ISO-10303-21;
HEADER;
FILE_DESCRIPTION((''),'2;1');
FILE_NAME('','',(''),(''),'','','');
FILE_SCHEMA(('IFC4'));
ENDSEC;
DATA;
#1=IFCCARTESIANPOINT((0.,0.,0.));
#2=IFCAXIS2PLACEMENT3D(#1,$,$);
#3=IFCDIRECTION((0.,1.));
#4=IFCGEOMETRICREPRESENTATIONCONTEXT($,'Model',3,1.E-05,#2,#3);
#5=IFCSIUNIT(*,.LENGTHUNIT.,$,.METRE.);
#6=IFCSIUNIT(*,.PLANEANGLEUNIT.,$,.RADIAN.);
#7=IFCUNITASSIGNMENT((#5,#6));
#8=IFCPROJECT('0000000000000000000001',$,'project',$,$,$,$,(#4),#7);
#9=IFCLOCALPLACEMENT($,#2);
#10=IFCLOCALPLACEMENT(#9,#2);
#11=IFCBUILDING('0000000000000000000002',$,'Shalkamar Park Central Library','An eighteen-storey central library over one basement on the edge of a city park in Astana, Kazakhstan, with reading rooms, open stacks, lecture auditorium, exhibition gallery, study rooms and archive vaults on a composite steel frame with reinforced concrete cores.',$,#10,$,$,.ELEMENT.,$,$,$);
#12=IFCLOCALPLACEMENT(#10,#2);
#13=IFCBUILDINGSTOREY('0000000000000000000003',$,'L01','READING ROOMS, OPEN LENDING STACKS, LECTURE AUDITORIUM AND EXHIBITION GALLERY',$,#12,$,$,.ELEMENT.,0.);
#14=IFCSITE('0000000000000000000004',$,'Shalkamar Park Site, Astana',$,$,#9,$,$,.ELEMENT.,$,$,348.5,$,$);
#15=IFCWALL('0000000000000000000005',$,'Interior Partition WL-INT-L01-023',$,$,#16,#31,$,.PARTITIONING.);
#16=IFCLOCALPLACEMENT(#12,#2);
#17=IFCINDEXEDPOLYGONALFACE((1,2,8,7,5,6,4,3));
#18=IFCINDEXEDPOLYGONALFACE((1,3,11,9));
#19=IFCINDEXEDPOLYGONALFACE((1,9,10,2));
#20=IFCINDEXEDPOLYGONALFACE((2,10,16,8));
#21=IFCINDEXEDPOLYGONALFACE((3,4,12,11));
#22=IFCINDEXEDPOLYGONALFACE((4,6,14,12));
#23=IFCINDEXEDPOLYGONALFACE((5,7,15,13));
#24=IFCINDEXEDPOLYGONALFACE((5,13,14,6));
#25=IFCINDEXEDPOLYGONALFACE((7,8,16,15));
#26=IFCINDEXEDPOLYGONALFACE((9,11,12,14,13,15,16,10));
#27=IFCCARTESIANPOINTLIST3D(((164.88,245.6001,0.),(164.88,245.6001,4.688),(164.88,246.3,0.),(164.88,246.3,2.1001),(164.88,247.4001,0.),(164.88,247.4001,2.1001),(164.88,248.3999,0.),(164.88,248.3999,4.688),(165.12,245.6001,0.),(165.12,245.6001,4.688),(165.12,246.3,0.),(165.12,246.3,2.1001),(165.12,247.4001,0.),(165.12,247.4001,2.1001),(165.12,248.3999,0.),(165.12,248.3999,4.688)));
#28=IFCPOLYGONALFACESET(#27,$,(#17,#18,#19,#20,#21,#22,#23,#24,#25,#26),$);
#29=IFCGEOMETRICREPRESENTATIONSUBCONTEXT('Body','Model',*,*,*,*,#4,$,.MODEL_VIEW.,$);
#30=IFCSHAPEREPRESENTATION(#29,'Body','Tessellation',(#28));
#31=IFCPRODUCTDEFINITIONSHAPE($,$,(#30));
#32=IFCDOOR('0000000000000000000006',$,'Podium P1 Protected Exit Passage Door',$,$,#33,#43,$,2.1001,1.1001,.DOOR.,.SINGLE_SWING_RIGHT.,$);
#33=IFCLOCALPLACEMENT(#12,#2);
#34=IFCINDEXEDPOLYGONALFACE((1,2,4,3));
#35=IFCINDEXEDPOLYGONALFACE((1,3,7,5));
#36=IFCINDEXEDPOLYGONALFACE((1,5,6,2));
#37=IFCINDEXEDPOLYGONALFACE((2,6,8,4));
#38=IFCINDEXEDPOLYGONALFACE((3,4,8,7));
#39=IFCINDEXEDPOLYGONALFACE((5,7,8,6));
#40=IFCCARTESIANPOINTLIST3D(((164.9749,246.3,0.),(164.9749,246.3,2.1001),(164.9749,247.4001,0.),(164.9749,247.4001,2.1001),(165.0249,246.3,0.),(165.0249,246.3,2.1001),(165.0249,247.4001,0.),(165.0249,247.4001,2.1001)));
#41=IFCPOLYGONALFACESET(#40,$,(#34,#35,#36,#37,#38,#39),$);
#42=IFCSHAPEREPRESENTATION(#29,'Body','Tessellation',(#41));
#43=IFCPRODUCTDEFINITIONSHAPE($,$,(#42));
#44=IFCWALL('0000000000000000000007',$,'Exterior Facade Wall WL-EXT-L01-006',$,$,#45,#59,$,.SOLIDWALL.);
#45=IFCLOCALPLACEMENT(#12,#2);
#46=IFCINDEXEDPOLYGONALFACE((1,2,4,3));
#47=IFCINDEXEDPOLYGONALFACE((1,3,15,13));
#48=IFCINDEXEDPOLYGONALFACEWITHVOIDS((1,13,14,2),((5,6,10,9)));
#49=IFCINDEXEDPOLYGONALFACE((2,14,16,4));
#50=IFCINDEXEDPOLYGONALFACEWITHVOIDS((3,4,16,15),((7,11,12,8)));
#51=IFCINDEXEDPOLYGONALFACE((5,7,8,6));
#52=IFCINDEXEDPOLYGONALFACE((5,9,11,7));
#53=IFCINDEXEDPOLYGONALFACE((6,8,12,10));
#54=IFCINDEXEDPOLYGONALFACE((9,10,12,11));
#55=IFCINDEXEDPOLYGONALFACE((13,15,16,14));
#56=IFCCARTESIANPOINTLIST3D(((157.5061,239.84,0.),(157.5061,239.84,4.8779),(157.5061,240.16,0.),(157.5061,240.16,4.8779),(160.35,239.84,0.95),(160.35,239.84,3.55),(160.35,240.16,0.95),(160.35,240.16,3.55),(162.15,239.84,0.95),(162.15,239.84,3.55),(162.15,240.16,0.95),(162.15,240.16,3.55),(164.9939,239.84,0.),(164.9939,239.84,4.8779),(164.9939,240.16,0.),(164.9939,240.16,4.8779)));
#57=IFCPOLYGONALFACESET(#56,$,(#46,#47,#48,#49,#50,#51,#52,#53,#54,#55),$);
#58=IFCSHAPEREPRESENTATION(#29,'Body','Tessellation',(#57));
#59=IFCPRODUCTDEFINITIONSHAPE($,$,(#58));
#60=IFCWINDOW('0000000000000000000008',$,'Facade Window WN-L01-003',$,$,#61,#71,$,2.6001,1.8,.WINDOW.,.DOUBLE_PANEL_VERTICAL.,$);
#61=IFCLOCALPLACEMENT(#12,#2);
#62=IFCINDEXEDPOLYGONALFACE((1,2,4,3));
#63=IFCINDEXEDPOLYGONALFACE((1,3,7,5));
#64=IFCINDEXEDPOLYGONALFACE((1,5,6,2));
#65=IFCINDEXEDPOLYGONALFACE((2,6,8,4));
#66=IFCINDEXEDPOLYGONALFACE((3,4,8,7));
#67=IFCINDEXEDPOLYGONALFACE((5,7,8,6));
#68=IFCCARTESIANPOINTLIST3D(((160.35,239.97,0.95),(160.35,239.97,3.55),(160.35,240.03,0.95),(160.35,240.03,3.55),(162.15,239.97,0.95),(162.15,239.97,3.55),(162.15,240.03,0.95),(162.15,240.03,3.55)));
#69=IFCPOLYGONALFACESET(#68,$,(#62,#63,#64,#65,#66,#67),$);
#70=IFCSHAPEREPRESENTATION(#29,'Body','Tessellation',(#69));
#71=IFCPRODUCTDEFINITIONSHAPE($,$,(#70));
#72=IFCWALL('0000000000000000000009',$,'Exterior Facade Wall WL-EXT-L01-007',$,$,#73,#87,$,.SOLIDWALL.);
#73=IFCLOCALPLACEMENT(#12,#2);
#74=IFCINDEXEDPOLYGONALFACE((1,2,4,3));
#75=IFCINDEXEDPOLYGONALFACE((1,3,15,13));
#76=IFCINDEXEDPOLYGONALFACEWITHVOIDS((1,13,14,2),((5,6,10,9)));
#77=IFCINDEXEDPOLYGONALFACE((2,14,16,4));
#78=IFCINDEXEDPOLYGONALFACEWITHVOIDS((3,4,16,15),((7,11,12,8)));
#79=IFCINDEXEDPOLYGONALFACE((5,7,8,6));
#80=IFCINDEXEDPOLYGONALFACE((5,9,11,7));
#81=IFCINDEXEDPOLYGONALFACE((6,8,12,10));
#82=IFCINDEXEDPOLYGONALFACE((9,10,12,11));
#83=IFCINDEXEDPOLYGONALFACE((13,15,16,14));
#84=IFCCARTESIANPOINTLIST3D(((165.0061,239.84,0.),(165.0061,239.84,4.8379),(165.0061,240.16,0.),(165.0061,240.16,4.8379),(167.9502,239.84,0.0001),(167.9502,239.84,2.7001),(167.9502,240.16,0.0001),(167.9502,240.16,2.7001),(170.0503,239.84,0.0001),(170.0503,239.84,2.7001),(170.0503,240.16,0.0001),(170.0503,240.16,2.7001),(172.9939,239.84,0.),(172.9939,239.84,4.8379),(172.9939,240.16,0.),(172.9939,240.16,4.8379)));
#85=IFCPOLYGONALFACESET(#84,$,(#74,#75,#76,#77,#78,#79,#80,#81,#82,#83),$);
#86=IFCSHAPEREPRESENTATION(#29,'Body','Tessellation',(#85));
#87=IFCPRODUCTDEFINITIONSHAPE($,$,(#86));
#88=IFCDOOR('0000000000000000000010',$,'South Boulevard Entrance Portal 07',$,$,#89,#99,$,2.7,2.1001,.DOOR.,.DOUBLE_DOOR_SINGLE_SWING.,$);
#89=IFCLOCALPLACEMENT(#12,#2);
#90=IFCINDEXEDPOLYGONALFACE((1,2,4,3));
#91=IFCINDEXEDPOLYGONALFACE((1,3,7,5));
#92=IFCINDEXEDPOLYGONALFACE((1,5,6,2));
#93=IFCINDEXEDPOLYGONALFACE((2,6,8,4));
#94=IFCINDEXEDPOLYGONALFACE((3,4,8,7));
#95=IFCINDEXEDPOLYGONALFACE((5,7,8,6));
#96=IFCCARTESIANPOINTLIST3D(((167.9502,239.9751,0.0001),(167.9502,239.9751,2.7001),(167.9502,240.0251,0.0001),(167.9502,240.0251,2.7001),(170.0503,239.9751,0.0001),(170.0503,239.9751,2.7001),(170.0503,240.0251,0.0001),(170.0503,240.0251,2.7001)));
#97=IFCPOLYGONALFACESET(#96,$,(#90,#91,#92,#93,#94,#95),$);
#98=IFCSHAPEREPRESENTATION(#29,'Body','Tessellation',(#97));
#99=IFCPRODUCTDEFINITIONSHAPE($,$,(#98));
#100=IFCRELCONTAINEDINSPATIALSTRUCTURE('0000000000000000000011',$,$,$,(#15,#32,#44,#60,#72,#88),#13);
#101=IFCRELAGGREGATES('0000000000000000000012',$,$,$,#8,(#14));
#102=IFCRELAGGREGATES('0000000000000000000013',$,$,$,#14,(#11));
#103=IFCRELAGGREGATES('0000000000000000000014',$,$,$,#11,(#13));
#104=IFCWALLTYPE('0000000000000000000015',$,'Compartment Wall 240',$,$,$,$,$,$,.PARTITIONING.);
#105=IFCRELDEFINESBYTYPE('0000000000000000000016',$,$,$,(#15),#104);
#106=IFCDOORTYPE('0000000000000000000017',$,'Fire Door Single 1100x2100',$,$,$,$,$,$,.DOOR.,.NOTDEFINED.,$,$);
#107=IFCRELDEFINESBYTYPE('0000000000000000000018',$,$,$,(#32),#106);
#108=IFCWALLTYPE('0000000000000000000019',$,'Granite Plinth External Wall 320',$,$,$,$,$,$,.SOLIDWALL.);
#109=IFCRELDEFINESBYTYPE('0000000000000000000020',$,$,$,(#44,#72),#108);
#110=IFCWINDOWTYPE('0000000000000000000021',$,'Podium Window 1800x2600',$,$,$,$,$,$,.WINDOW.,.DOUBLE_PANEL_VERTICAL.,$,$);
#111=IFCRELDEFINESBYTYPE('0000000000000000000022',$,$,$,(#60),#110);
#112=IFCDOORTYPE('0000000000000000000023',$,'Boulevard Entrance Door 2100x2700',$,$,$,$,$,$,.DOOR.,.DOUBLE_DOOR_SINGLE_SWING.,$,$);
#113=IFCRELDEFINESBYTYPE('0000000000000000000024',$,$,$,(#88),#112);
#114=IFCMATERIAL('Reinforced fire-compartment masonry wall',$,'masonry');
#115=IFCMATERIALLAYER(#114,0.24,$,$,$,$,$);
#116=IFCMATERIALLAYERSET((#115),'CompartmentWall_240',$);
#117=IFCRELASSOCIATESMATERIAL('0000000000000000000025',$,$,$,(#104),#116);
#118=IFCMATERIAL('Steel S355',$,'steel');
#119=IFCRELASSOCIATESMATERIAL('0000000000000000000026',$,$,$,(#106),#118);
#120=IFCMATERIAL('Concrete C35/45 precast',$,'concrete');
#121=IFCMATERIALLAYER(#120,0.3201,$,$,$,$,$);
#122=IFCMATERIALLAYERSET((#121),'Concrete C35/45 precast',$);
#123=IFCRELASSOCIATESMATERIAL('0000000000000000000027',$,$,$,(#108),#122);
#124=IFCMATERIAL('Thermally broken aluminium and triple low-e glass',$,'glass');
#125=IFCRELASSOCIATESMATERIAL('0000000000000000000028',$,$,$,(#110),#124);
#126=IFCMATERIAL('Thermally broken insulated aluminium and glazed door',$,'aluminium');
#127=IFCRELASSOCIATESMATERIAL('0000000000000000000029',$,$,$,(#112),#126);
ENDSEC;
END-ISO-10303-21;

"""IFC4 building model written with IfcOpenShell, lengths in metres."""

from ifc_helpers import new_model, si_unit, direction, frame, frame_2d, origin, place, context, subcontext, project, spatial, rectangle, extrude, material, layer, layer_set, type_object, element, fill, save


model = new_model("IFC4")

# Units and contexts
model_context = context("Model", 3, precision=1e-05, world=origin(), true_north=direction((0.0, 1.0)))
body_context = subcontext(model_context, "Body", "Model", "MODEL_VIEW")
ifc_project = project(units=[si_unit("LENGTHUNIT", "METRE"), si_unit("PLANEANGLEUNIT", "RADIAN")], contexts=[model_context])

# Site, building, storey
site_placement = place(None, origin())
site = spatial("IfcSite", under=ifc_project, at=site_placement, Name="Shalkamar Park Site, Astana", CompositionType="ELEMENT", RefElevation=348.5)
building_placement = place(site_placement, origin())
building = spatial("IfcBuilding", under=site, at=building_placement, Name="Shalkamar Park Central Library", Description="An eighteen-storey central library over one basement on the edge of a city park in Astana, Kazakhstan, with reading rooms, open stacks, lecture auditorium, exhibition gallery, study rooms and archive vaults on a composite steel frame with reinforced concrete cores.", CompositionType="ELEMENT")
storey_placement = place(building_placement, origin())
storey = spatial("IfcBuildingStorey", under=building, at=storey_placement, Name="L01", Description="READING ROOMS, OPEN LENDING STACKS, LECTURE AUDITORIUM AND EXHIBITION GALLERY", CompositionType="ELEMENT", Elevation=0.0)

# Shared definitions
ifc_material_1 = material(Name="Steel S355", Category="steel")

# Shared definitions
ifc_material_2 = material(Name="Reinforced fire-compartment masonry wall", Category="masonry")
ifc_layer_1 = layer(ifc_material_2, 0.24)
ifc_layer_set_1 = layer_set([ifc_layer_1], Name="CompartmentWall_240")
wall_type_1 = type_object("IfcWallType", Name="Compartment Wall 240", PredefinedType="PARTITIONING", material=ifc_layer_set_1)

# Wall, opening, door
wall_1_placement = place(storey_placement, frame((165.0, 245.6001, 0.0), z_axis=(0.0, 0.0, 1.0), x_axis=(0.0, 1.0, 0.0)))
wall_1 = element("IfcWall", 1, at=wall_1_placement, inside=storey, type_object=wall_type_1, Name="Interior Partition WL-INT-L01-023", PredefinedType="PARTITIONING", context=body_context, shape_type="SweptSolid", body=[
    extrude(rectangle(XDim=2.7998, YDim=0.24, at=frame_2d((1.3999, 0.0))), origin(), (0.0, 0.0, 1.0), 4.688),
])
opening_1_placement = place(wall_1_placement, frame((0.7, 0.0, 0.0)))
opening_1 = element("IfcOpeningElement", 2, at=opening_1_placement, cuts=wall_1, PredefinedType="OPENING", context=body_context, shape_type="SweptSolid", body=[
    extrude(rectangle(XDim=1.1001, YDim=2.1001, at=frame_2d((0.55, 1.05))), frame((0.0, 0.1348, 0.0), z_axis=(0.0, -1.0, 0.0), x_axis=(1.0, 0.0, 0.0)), (0.0, 0.0, 1.0), 0.2698),
])
door_type_1 = type_object("IfcDoorType", Name="Fire Door Single 1100x2100", OperationType="NOTDEFINED", PredefinedType="DOOR", material=ifc_material_1)
door_1_placement = place(opening_1_placement, frame((1.1001, 0.0, 0.0), z_axis=(0.0, 0.0, 1.0), x_axis=(-1.0, 0.0, 0.0)))
door_1 = element("IfcDoor", 3, at=door_1_placement, inside=storey, type_object=door_type_1, Name="Podium P1 Protected Exit Passage Door", OperationType="SINGLE_SWING_RIGHT", OverallHeight=2.1001, OverallWidth=1.1001, PredefinedType="DOOR", context=body_context, shape_type="SweptSolid", body=[
    extrude(rectangle(XDim=1.1001, YDim=2.1001, at=frame_2d((0.55, 1.05))), frame((0.0, 0.0249, 0.0), z_axis=(0.0, -1.0, 0.0), x_axis=(1.0, 0.0, 0.0)), (0.0, 0.0, 1.0), 0.05),
])
fill(opening_1, door_1)

# Wall, opening, window
ifc_material_3 = material(Name="Concrete C35/45 precast", Category="concrete")
ifc_layer_2 = layer(ifc_material_3, 0.3201)
ifc_layer_set_2 = layer_set([ifc_layer_2], Name="Concrete C35/45 precast")
wall_type_2 = type_object("IfcWallType", Name="Granite Plinth External Wall 320", PredefinedType="SOLIDWALL", material=ifc_layer_set_2)
wall_2_placement = place(storey_placement, frame((157.5061, 240.0, 0.0), z_axis=(0.0, 0.0, 1.0), x_axis=(1.0, 0.0, 0.0)))
wall_2 = element("IfcWall", 4, at=wall_2_placement, inside=storey, type_object=wall_type_2, Name="Exterior Facade Wall WL-EXT-L01-006", PredefinedType="SOLIDWALL", context=body_context, shape_type="SweptSolid", body=[
    extrude(rectangle(XDim=7.4878, YDim=0.3201, at=frame_2d((3.7439, 0.0))), origin(), (0.0, 0.0, 1.0), 4.8779),
])
opening_2_placement = place(wall_2_placement, frame((2.844, 0.0, 0.95)))
opening_2 = element("IfcOpeningElement", 5, at=opening_2_placement, cuts=wall_2, PredefinedType="OPENING", context=body_context, shape_type="SweptSolid", body=[
    extrude(rectangle(XDim=1.8, YDim=2.6001, at=frame_2d((0.8999, 1.3))), frame((0.0, 0.1748, 0.0), z_axis=(0.0, -1.0, 0.0), x_axis=(1.0, 0.0, 0.0)), (0.0, 0.0, 1.0), 0.3499),
])
ifc_material_4 = material(Name="Thermally broken aluminium and triple low-e glass", Category="glass")
window_type = type_object("IfcWindowType", Name="Podium Window 1800x2600", PartitioningType="DOUBLE_PANEL_VERTICAL", PredefinedType="WINDOW", material=ifc_material_4)
window_placement = place(opening_2_placement, origin())
window = element("IfcWindow", 6, at=window_placement, inside=storey, type_object=window_type, Name="Facade Window WN-L01-003", OverallHeight=2.6001, OverallWidth=1.8, PartitioningType="DOUBLE_PANEL_VERTICAL", PredefinedType="WINDOW", context=body_context, shape_type="SweptSolid", body=[
    extrude(rectangle(XDim=1.8, YDim=2.6001, at=frame_2d((0.8999, 1.3))), frame((0.0, 0.03, 0.0), z_axis=(0.0, -1.0, 0.0), x_axis=(1.0, 0.0, 0.0)), (0.0, 0.0, 1.0), 0.0601),
])
fill(opening_2, window)

# Wall, opening, door
wall_3_placement = place(storey_placement, frame((165.0061, 240.0, 0.0), z_axis=(0.0, 0.0, 1.0), x_axis=(1.0, 0.0, 0.0)))
wall_3 = element("IfcWall", 7, at=wall_3_placement, inside=storey, type_object=wall_type_2, Name="Exterior Facade Wall WL-EXT-L01-007", PredefinedType="SOLIDWALL", context=body_context, shape_type="SweptSolid", body=[
    extrude(rectangle(XDim=7.9878, YDim=0.3201, at=frame_2d((3.9939, 0.0))), origin(), (0.0, 0.0, 1.0), 4.8379),
])
opening_3_placement = place(wall_3_placement, frame((2.9441, 0.0, 0.0)))
opening_3 = element("IfcOpeningElement", 8, at=opening_3_placement, cuts=wall_3, PredefinedType="OPENING", context=body_context, shape_type="SweptSolid", body=[
    extrude(rectangle(XDim=2.1001, YDim=2.7, at=frame_2d((1.05, 1.3501))), frame((0.0, 0.1748, 0.0), z_axis=(0.0, -1.0, 0.0), x_axis=(1.0, 0.0, 0.0)), (0.0, 0.0, 1.0), 0.3499),
])
ifc_material_5 = material(Name="Thermally broken insulated aluminium and glazed door", Category="aluminium")
door_type_2 = type_object("IfcDoorType", Name="Boulevard Entrance Door 2100x2700", OperationType="DOUBLE_DOOR_SINGLE_SWING", PredefinedType="DOOR", material=ifc_material_5)
door_2_placement = place(opening_3_placement, frame((2.1001, 0.0, 0.0), z_axis=(0.0, 0.0, 1.0), x_axis=(-1.0, 0.0, 0.0)))
door_2 = element("IfcDoor", 9, at=door_2_placement, inside=storey, type_object=door_type_2, Name="South Boulevard Entrance Portal 07", OperationType="DOUBLE_DOOR_SINGLE_SWING", OverallHeight=2.7, OverallWidth=2.1001, PredefinedType="DOOR", context=body_context, shape_type="SweptSolid", body=[
    extrude(rectangle(XDim=2.1001, YDim=2.7, at=frame_2d((1.05, 1.3501))), frame((0.0, 0.0249, 0.0), z_axis=(0.0, -1.0, 0.0), x_axis=(1.0, 0.0, 0.0)), (0.0, 0.0, 1.0), 0.05),
])
fill(opening_3, door_2)

save(model, "model.ifc")
